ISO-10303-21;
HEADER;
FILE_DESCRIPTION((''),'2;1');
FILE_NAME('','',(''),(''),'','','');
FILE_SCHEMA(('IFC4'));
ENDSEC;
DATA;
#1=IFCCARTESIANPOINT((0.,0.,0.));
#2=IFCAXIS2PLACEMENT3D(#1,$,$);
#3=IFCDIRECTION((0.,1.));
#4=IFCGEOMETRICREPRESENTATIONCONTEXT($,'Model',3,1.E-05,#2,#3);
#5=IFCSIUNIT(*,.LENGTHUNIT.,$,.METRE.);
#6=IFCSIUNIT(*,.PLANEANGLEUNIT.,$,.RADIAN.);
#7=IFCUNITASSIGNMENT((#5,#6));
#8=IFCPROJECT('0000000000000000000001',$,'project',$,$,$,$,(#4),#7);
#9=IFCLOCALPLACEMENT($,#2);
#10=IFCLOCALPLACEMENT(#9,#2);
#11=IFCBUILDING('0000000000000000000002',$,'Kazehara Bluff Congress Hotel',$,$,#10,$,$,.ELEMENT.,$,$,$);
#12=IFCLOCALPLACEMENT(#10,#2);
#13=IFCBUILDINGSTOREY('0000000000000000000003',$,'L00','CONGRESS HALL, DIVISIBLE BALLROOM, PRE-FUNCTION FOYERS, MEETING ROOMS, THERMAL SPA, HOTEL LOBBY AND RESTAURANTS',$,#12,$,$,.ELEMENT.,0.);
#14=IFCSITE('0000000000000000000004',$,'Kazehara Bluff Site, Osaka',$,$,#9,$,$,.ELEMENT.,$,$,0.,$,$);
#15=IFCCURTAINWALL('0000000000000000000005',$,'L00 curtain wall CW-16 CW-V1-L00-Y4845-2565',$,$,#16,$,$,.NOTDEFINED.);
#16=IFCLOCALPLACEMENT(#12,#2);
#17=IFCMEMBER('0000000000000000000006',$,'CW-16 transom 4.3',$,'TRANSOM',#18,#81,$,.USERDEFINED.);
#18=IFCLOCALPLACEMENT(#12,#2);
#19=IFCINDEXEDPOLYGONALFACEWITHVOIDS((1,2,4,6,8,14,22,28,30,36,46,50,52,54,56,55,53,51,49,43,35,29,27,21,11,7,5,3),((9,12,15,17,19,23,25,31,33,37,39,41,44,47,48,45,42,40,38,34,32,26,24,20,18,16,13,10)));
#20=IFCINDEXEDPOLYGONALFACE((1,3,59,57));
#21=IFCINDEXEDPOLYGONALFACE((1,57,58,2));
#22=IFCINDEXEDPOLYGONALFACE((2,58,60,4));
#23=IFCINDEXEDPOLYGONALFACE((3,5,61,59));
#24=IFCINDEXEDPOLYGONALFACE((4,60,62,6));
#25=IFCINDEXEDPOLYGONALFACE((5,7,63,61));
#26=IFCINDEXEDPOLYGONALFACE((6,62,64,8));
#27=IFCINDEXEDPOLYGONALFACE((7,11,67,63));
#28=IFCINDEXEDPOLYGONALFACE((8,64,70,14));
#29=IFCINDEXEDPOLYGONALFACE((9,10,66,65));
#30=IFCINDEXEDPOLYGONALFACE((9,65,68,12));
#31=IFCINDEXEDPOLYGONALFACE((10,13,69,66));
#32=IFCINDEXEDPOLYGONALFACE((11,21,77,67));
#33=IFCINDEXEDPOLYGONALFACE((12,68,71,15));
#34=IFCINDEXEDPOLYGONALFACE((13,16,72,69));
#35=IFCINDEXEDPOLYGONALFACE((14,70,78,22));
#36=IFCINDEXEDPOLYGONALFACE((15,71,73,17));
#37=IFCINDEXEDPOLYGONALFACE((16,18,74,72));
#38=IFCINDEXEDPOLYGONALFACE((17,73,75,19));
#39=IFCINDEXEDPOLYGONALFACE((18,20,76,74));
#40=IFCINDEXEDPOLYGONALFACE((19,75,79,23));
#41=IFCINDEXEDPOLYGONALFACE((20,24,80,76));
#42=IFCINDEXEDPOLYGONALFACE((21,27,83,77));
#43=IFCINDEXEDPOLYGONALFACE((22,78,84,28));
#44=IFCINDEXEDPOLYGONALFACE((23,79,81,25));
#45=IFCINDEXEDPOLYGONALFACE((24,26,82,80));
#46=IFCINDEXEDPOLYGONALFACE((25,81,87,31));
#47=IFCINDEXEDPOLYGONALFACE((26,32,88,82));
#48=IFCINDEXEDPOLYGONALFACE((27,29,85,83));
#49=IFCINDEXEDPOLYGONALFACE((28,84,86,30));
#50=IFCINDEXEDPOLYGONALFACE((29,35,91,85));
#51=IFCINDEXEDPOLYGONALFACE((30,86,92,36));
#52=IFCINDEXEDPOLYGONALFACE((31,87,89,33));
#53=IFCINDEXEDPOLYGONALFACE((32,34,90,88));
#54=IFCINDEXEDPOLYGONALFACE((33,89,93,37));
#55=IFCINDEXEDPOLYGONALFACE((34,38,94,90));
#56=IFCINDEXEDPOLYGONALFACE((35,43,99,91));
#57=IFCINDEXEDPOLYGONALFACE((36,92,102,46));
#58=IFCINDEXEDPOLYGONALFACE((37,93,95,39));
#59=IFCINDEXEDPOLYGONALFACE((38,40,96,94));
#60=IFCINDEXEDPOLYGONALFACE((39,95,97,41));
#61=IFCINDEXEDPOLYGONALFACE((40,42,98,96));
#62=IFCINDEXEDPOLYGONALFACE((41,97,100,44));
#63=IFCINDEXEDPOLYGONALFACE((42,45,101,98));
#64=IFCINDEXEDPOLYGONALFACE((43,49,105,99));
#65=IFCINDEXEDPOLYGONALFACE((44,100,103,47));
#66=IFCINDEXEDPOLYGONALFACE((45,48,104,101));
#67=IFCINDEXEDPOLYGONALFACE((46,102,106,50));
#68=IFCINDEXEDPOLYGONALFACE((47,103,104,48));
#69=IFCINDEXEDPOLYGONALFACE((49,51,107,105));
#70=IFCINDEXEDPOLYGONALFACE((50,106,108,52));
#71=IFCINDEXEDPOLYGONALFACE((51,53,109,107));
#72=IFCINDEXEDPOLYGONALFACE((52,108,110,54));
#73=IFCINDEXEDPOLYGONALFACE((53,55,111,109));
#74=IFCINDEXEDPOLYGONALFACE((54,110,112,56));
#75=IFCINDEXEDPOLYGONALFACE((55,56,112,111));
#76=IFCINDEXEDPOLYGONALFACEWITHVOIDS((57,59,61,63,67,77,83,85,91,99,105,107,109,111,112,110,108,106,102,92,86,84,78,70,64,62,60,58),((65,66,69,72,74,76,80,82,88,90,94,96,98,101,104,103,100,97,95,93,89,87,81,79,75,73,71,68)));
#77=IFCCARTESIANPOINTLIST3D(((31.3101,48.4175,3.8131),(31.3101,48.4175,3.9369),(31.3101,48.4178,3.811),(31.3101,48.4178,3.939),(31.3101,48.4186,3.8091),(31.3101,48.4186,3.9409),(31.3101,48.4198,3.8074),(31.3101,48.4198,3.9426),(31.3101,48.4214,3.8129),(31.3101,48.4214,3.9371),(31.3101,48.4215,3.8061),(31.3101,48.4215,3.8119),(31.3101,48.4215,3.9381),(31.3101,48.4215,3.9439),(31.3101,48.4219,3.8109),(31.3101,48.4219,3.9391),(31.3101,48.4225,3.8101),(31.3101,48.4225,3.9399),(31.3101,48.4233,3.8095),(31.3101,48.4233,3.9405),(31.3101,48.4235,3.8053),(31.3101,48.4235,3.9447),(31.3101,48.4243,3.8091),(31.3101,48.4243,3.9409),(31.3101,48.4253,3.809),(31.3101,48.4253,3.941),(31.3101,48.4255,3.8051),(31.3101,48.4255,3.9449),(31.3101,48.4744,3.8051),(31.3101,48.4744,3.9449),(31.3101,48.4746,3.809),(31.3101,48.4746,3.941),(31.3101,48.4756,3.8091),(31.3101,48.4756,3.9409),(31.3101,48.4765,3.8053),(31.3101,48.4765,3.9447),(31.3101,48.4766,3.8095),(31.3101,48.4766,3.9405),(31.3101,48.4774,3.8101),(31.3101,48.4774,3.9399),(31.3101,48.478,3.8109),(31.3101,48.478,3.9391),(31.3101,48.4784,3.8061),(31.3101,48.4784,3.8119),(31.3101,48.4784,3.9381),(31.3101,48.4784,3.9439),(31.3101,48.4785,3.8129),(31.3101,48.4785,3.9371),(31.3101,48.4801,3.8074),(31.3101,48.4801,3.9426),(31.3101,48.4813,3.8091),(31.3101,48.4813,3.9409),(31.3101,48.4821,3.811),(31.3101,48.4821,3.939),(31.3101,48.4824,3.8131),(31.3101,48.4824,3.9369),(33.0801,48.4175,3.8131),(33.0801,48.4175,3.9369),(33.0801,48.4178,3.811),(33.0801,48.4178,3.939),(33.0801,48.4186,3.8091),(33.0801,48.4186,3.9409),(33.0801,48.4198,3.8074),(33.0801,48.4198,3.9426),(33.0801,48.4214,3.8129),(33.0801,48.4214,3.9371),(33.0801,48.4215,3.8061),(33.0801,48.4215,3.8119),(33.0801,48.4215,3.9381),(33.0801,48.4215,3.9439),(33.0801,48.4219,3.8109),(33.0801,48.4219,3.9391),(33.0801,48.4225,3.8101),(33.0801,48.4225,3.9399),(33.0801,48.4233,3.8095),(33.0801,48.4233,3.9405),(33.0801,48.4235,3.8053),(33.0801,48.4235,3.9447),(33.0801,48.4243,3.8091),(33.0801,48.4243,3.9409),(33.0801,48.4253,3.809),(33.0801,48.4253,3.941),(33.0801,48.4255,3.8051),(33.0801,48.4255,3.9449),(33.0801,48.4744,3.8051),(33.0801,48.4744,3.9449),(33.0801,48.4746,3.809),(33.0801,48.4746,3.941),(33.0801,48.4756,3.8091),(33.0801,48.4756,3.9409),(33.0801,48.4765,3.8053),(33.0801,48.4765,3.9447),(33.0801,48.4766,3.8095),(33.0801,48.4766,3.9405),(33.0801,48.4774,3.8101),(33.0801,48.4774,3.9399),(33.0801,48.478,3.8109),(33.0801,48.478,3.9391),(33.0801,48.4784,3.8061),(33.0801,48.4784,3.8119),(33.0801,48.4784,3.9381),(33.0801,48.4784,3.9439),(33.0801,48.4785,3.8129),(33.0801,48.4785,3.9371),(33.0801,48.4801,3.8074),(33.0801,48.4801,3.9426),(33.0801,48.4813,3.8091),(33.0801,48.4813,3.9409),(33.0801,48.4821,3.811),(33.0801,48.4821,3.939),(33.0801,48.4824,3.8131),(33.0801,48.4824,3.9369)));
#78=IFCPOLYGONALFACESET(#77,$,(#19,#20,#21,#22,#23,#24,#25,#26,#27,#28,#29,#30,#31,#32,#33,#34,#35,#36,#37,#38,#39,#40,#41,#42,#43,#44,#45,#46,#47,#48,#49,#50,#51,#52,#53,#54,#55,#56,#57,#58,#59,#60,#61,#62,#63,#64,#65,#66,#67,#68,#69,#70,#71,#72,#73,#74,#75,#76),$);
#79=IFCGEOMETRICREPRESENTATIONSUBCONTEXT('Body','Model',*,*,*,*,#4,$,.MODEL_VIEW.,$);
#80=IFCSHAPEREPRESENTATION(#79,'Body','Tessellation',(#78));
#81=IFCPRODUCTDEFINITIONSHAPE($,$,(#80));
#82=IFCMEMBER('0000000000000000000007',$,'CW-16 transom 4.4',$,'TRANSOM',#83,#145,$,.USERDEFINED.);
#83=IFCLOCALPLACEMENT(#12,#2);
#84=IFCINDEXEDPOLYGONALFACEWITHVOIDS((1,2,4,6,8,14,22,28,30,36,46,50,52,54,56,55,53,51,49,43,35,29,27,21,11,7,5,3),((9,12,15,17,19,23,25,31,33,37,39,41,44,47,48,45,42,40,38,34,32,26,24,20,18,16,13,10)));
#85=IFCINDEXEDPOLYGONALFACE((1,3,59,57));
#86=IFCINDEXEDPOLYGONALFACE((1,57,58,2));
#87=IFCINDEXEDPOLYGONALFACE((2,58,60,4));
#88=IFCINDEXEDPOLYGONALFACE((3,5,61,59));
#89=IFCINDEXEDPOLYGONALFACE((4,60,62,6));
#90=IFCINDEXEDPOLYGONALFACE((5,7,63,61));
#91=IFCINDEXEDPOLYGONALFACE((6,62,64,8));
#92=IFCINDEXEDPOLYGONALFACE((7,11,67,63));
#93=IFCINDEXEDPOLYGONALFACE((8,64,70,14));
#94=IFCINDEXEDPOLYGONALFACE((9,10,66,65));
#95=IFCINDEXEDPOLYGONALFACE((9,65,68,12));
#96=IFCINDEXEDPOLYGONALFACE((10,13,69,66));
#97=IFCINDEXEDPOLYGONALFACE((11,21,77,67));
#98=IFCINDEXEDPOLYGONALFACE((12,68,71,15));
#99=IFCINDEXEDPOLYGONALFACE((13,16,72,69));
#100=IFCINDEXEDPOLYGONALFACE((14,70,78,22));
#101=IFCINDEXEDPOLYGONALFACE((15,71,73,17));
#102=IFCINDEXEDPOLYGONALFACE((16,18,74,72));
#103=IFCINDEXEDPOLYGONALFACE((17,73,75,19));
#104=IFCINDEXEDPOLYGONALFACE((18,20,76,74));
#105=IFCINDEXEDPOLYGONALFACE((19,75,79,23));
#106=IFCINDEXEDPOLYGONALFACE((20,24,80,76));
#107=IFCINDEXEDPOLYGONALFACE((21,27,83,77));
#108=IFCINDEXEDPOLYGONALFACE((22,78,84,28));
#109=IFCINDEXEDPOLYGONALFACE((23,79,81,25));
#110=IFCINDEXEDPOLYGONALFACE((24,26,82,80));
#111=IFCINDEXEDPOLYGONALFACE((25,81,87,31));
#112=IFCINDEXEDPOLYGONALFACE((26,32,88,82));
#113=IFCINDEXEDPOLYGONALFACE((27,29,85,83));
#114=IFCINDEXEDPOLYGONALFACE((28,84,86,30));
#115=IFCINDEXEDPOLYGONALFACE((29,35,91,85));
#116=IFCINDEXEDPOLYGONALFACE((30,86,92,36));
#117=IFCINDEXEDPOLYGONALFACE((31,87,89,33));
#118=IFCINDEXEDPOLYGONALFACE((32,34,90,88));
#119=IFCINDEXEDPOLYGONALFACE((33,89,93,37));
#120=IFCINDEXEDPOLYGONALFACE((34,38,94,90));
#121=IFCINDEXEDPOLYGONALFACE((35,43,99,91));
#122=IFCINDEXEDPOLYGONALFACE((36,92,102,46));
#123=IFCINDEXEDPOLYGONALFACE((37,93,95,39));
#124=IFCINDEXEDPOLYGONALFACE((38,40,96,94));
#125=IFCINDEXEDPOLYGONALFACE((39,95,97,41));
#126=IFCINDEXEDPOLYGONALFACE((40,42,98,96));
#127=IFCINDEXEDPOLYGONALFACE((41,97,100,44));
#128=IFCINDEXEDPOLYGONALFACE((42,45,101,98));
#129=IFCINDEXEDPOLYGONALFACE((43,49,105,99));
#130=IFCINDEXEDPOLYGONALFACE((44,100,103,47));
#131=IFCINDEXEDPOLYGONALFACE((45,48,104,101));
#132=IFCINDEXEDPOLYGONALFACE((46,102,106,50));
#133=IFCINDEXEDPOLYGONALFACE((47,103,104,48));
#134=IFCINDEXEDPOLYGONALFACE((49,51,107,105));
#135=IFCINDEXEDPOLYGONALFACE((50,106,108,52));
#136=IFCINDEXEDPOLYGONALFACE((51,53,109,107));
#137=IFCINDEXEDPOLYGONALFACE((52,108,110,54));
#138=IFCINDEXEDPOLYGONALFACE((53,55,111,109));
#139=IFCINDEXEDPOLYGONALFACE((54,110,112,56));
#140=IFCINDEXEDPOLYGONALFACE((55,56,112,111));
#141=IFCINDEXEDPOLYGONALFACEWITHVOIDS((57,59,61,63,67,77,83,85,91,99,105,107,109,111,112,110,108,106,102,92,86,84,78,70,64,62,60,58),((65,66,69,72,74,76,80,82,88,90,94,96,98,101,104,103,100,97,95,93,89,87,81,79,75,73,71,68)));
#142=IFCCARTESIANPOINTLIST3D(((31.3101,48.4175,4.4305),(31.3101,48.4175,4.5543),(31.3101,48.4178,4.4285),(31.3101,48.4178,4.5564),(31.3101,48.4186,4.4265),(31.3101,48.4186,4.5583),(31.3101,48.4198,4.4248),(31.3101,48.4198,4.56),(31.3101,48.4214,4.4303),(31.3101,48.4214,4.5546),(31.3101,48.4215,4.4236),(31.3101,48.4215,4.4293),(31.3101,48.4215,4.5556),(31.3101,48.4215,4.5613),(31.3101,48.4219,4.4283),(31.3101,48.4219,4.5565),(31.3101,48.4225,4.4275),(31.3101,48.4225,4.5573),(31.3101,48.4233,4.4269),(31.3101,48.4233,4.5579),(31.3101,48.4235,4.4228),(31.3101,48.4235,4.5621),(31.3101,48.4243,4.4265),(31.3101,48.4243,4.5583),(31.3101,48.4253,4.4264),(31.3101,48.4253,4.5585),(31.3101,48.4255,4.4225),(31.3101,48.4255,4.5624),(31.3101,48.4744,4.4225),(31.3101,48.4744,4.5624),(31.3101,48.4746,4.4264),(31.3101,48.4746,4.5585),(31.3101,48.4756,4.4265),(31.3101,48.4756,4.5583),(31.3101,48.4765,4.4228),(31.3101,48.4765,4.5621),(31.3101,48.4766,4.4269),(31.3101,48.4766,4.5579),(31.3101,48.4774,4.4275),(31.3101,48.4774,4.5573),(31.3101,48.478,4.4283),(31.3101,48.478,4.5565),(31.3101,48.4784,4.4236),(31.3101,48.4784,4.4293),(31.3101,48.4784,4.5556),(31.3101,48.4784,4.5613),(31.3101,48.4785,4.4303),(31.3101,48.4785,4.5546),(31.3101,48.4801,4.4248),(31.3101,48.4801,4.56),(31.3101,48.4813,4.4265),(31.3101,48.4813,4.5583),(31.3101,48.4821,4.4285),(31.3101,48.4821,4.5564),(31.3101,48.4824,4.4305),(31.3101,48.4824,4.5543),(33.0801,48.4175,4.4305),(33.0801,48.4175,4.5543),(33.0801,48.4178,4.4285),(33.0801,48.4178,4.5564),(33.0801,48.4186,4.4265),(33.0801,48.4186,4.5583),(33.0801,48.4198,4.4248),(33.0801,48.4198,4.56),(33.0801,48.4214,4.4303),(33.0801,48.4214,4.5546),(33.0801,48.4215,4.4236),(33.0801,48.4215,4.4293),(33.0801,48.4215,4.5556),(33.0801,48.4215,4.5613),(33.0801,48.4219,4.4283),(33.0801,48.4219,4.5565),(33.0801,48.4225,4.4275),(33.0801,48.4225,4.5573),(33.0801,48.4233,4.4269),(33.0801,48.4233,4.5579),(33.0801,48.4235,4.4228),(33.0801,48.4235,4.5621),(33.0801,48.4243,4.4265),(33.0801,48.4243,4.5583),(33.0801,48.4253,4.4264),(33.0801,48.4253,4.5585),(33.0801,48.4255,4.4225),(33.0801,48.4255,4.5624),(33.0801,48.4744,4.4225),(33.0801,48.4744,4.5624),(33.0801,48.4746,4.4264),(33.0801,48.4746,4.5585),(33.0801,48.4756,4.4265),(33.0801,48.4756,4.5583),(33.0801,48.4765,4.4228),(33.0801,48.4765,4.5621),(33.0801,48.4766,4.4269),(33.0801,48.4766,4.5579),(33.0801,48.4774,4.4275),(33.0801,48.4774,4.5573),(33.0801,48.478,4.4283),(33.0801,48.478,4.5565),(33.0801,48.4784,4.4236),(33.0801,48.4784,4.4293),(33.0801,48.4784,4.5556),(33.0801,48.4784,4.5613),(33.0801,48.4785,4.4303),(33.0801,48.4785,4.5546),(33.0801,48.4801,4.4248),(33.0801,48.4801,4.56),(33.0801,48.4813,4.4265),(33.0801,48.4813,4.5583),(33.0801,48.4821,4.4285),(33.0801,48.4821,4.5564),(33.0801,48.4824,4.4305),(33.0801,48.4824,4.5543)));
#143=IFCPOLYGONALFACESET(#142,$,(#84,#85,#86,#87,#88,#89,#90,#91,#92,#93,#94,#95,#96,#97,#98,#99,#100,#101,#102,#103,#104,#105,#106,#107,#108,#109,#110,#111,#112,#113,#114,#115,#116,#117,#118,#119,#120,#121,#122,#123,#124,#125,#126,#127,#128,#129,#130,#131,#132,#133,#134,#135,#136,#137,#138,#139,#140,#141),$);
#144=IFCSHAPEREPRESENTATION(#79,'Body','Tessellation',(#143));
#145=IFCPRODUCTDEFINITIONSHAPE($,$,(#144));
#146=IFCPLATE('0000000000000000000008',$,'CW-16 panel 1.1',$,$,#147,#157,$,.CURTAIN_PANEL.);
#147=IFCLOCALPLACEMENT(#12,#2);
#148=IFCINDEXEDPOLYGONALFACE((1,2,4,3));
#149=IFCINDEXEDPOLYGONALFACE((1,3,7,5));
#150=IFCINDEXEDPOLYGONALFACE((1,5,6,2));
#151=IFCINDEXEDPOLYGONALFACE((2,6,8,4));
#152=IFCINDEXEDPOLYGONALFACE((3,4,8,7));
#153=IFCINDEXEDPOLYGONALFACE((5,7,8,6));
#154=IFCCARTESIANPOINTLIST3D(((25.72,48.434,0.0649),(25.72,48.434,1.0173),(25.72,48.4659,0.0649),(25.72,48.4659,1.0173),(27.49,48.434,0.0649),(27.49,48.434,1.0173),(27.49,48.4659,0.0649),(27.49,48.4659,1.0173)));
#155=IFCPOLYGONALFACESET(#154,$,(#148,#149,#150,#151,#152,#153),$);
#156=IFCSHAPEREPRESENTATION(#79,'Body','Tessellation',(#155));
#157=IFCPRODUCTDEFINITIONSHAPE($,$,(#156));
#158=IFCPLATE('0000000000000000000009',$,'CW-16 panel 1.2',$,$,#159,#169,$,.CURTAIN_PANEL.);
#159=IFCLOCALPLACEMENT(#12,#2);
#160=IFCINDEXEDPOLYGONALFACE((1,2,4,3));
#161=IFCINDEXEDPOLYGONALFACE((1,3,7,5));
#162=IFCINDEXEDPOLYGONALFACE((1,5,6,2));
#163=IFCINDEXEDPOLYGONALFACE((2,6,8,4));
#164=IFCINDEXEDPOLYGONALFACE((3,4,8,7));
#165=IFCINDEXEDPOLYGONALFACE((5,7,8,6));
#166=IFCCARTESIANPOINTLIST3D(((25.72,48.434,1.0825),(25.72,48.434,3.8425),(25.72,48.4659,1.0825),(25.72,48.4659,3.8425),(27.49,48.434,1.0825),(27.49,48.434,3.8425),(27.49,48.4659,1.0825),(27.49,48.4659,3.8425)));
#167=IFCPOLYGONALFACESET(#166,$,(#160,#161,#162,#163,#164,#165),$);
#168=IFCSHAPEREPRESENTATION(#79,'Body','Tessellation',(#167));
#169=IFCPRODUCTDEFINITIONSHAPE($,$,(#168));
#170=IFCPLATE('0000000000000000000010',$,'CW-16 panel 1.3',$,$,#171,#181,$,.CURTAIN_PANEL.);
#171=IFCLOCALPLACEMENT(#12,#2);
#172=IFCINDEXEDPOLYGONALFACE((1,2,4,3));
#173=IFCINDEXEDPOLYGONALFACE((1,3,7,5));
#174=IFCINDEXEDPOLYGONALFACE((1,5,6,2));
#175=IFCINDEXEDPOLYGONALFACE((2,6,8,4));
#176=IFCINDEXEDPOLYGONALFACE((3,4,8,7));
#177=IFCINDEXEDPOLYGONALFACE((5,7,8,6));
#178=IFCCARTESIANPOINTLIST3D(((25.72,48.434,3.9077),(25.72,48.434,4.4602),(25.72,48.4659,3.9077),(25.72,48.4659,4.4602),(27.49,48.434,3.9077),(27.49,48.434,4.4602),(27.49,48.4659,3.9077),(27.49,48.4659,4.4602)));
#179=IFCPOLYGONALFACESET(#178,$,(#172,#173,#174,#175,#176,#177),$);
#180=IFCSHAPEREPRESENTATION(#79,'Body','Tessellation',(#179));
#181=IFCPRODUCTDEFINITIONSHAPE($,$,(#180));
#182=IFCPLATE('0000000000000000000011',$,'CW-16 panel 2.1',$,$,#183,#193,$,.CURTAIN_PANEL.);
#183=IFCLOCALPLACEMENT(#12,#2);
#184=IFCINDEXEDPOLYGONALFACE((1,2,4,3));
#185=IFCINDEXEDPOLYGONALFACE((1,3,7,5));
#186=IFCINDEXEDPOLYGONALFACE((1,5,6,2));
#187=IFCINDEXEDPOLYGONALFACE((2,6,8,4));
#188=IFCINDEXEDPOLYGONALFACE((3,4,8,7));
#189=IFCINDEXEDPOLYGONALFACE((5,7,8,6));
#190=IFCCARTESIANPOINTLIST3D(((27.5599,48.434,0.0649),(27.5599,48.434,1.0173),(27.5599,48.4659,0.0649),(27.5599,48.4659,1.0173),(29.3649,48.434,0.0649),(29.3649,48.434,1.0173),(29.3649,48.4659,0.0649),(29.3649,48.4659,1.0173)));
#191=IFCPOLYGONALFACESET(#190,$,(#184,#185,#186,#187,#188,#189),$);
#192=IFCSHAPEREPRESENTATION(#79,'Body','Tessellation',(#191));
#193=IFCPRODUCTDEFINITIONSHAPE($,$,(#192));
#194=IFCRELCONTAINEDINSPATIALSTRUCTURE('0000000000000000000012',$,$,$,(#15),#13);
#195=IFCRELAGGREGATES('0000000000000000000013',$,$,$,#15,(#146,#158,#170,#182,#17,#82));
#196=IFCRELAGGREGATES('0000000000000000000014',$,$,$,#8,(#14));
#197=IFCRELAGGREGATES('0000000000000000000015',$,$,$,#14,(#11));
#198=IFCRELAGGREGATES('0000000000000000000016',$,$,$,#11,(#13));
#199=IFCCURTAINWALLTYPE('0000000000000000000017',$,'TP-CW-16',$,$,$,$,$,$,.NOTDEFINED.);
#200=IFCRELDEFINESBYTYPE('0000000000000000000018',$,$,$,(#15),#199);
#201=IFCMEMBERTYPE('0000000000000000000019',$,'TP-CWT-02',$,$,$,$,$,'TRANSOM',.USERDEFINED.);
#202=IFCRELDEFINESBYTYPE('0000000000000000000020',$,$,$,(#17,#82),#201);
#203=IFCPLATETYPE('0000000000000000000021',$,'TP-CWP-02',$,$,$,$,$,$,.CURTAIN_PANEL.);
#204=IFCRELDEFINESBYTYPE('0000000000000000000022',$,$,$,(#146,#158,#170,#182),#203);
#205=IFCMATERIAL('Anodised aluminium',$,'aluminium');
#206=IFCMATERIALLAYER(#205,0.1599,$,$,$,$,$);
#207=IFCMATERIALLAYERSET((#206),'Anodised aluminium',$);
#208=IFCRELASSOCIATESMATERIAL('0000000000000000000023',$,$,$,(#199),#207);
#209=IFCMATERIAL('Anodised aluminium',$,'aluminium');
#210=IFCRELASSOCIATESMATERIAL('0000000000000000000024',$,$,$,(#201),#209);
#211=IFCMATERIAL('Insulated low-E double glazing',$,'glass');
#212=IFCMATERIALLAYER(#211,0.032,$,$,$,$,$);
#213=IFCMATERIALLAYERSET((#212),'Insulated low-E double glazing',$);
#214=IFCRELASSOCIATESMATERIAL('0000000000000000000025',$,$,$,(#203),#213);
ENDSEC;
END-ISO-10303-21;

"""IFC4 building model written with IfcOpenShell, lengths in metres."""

from ifc_helpers import new_model, si_unit, direction, frame, origin, origin_2d, place, context, subcontext, project, spatial, rectangle, hollow_rectangle, extrude, material, layer, layer_set, material_profile, profile_set, type_object, element, aggregate, save


model = new_model("IFC4")

# Units and contexts
model_context = context("Model", 3, precision=1e-05, world=origin(), true_north=direction((0.0, 1.0)))
body_context = subcontext(model_context, "Body", "Model", "MODEL_VIEW")
ifc_project = project(units=[si_unit("LENGTHUNIT", "METRE"), si_unit("PLANEANGLEUNIT", "RADIAN")], contexts=[model_context])

# Site, building, storey
site_placement = place(None, origin())
site = spatial("IfcSite", under=ifc_project, at=site_placement, Name="Kazehara Bluff Site, Osaka", CompositionType="ELEMENT", RefElevation=0.0)
building_placement = place(site_placement, origin())
building = spatial("IfcBuilding", under=site, at=building_placement, Name="Kazehara Bluff Congress Hotel", CompositionType="ELEMENT")
storey_placement = place(building_placement, origin())
storey = spatial("IfcBuildingStorey", under=building, at=storey_placement, Name="L00", Description="CONGRESS HALL, DIVISIBLE BALLROOM, PRE-FUNCTION FOYERS, MEETING ROOMS, THERMAL SPA, HOTEL LOBBY AND RESTAURANTS", CompositionType="ELEMENT", Elevation=0.0)

# Curtain wall, members, plates
ifc_material_1 = material(Name="Anodised aluminium", Category="aluminium")
ifc_layer_1 = layer(ifc_material_1, 0.1599)
ifc_layer_set_1 = layer_set([ifc_layer_1], Name="Anodised aluminium")
curtain_wall_type = type_object("IfcCurtainWallType", Name="TP-CW-16", PredefinedType="NOTDEFINED", material=ifc_layer_set_1)
curtain_wall_placement = place(storey_placement, origin())
curtain_wall = element("IfcCurtainWall", 1, at=curtain_wall_placement, inside=storey, type_object=curtain_wall_type, Name="L00 curtain wall CW-16 CW-V1-L00-Y4845-2565", PredefinedType="NOTDEFINED")
ifc_material_2 = material(Name="Anodised aluminium", Category="aluminium")
ifc_material_profile_1 = material_profile(ifc_material_2, hollow_rectangle(XDim=0.0649, YDim=0.1399, WallThickness=0.0039, InnerFilletRadius=0.0039, OuterFilletRadius=0.0081, at=origin_2d()))
ifc_profile_set_1 = profile_set([ifc_material_profile_1], Name="Anodised aluminium")
member_type_1 = type_object("IfcMemberType", Name="TP-CWT-02", ElementType="TRANSOM", PredefinedType="USERDEFINED", material=ifc_profile_set_1)
member_1_placement = place(storey_placement, frame((31.3101, 48.45, 3.875), z_axis=(1.0, 0.0, 0.0), x_axis=(0.0, 1.0, 0.0)))
member_1 = element("IfcMember", 2, at=member_1_placement, type_object=member_type_1, Name="CW-16 transom 4.3", ObjectType="TRANSOM", PredefinedType="USERDEFINED", context=body_context, shape_type="SweptSolid", body=[
    extrude(hollow_rectangle(XDim=0.0649, YDim=0.1399, WallThickness=0.0039, InnerFilletRadius=0.0039, OuterFilletRadius=0.0081, at=origin_2d()), origin(), (0.0, 0.0, 1.0), 1.77),
])
member_2_placement = place(storey_placement, frame((31.3101, 48.45, 4.4924), z_axis=(1.0, 0.0, 0.0), x_axis=(0.0, 1.0, 0.0)))
member_2 = element("IfcMember", 3, at=member_2_placement, type_object=member_type_1, Name="CW-16 transom 4.4", ObjectType="TRANSOM", PredefinedType="USERDEFINED", context=body_context, shape_type="SweptSolid", body=[
    extrude(hollow_rectangle(XDim=0.0649, YDim=0.1399, WallThickness=0.0039, InnerFilletRadius=0.0039, OuterFilletRadius=0.0081, at=origin_2d()), origin(), (0.0, 0.0, 1.0), 1.77),
])
ifc_material_3 = material(Name="Insulated low-E double glazing", Category="glass")
ifc_layer_2 = layer(ifc_material_3, 0.032)
ifc_layer_set_2 = layer_set([ifc_layer_2], Name="Insulated low-E double glazing")
plate_type = type_object("IfcPlateType", Name="TP-CWP-02", PredefinedType="CURTAIN_PANEL", material=ifc_layer_set_2)
plate_1_placement = place(storey_placement, frame((26.605, 48.45, 0.0649), z_axis=(0.0, 0.0, 1.0), x_axis=(1.0, 0.0, 0.0)))
plate_1 = element("IfcPlate", 4, at=plate_1_placement, type_object=plate_type, Name="CW-16 panel 1.1", PredefinedType="CURTAIN_PANEL", context=body_context, shape_type="SweptSolid", body=[
    extrude(rectangle(XDim=1.77, YDim=0.032, at=origin_2d()), origin(), (0.0, 0.0, 1.0), 0.9524),
])
plate_2_placement = place(storey_placement, frame((26.605, 48.45, 1.0825), z_axis=(0.0, 0.0, 1.0), x_axis=(1.0, 0.0, 0.0)))
plate_2 = element("IfcPlate", 5, at=plate_2_placement, type_object=plate_type, Name="CW-16 panel 1.2", PredefinedType="CURTAIN_PANEL", context=body_context, shape_type="SweptSolid", body=[
    extrude(rectangle(XDim=1.77, YDim=0.032, at=origin_2d()), origin(), (0.0, 0.0, 1.0), 2.76),
])
plate_3_placement = place(storey_placement, frame((26.605, 48.45, 3.9077), z_axis=(0.0, 0.0, 1.0), x_axis=(1.0, 0.0, 0.0)))
plate_3 = element("IfcPlate", 6, at=plate_3_placement, type_object=plate_type, Name="CW-16 panel 1.3", PredefinedType="CURTAIN_PANEL", context=body_context, shape_type="SweptSolid", body=[
    extrude(rectangle(XDim=1.77, YDim=0.032, at=origin_2d()), origin(), (0.0, 0.0, 1.0), 0.5525),
])
plate_4_placement = place(storey_placement, frame((28.4624, 48.45, 0.0649), z_axis=(0.0, 0.0, 1.0), x_axis=(1.0, 0.0, 0.0)))
plate_4 = element("IfcPlate", 7, at=plate_4_placement, type_object=plate_type, Name="CW-16 panel 2.1", PredefinedType="CURTAIN_PANEL", context=body_context, shape_type="SweptSolid", body=[
    extrude(rectangle(XDim=1.8049, YDim=0.032, at=origin_2d()), origin(), (0.0, 0.0, 1.0), 0.9524),
])
aggregate(curtain_wall, [plate_1, plate_2, plate_3, plate_4, member_1, member_2])

save(model, "model.ifc")
